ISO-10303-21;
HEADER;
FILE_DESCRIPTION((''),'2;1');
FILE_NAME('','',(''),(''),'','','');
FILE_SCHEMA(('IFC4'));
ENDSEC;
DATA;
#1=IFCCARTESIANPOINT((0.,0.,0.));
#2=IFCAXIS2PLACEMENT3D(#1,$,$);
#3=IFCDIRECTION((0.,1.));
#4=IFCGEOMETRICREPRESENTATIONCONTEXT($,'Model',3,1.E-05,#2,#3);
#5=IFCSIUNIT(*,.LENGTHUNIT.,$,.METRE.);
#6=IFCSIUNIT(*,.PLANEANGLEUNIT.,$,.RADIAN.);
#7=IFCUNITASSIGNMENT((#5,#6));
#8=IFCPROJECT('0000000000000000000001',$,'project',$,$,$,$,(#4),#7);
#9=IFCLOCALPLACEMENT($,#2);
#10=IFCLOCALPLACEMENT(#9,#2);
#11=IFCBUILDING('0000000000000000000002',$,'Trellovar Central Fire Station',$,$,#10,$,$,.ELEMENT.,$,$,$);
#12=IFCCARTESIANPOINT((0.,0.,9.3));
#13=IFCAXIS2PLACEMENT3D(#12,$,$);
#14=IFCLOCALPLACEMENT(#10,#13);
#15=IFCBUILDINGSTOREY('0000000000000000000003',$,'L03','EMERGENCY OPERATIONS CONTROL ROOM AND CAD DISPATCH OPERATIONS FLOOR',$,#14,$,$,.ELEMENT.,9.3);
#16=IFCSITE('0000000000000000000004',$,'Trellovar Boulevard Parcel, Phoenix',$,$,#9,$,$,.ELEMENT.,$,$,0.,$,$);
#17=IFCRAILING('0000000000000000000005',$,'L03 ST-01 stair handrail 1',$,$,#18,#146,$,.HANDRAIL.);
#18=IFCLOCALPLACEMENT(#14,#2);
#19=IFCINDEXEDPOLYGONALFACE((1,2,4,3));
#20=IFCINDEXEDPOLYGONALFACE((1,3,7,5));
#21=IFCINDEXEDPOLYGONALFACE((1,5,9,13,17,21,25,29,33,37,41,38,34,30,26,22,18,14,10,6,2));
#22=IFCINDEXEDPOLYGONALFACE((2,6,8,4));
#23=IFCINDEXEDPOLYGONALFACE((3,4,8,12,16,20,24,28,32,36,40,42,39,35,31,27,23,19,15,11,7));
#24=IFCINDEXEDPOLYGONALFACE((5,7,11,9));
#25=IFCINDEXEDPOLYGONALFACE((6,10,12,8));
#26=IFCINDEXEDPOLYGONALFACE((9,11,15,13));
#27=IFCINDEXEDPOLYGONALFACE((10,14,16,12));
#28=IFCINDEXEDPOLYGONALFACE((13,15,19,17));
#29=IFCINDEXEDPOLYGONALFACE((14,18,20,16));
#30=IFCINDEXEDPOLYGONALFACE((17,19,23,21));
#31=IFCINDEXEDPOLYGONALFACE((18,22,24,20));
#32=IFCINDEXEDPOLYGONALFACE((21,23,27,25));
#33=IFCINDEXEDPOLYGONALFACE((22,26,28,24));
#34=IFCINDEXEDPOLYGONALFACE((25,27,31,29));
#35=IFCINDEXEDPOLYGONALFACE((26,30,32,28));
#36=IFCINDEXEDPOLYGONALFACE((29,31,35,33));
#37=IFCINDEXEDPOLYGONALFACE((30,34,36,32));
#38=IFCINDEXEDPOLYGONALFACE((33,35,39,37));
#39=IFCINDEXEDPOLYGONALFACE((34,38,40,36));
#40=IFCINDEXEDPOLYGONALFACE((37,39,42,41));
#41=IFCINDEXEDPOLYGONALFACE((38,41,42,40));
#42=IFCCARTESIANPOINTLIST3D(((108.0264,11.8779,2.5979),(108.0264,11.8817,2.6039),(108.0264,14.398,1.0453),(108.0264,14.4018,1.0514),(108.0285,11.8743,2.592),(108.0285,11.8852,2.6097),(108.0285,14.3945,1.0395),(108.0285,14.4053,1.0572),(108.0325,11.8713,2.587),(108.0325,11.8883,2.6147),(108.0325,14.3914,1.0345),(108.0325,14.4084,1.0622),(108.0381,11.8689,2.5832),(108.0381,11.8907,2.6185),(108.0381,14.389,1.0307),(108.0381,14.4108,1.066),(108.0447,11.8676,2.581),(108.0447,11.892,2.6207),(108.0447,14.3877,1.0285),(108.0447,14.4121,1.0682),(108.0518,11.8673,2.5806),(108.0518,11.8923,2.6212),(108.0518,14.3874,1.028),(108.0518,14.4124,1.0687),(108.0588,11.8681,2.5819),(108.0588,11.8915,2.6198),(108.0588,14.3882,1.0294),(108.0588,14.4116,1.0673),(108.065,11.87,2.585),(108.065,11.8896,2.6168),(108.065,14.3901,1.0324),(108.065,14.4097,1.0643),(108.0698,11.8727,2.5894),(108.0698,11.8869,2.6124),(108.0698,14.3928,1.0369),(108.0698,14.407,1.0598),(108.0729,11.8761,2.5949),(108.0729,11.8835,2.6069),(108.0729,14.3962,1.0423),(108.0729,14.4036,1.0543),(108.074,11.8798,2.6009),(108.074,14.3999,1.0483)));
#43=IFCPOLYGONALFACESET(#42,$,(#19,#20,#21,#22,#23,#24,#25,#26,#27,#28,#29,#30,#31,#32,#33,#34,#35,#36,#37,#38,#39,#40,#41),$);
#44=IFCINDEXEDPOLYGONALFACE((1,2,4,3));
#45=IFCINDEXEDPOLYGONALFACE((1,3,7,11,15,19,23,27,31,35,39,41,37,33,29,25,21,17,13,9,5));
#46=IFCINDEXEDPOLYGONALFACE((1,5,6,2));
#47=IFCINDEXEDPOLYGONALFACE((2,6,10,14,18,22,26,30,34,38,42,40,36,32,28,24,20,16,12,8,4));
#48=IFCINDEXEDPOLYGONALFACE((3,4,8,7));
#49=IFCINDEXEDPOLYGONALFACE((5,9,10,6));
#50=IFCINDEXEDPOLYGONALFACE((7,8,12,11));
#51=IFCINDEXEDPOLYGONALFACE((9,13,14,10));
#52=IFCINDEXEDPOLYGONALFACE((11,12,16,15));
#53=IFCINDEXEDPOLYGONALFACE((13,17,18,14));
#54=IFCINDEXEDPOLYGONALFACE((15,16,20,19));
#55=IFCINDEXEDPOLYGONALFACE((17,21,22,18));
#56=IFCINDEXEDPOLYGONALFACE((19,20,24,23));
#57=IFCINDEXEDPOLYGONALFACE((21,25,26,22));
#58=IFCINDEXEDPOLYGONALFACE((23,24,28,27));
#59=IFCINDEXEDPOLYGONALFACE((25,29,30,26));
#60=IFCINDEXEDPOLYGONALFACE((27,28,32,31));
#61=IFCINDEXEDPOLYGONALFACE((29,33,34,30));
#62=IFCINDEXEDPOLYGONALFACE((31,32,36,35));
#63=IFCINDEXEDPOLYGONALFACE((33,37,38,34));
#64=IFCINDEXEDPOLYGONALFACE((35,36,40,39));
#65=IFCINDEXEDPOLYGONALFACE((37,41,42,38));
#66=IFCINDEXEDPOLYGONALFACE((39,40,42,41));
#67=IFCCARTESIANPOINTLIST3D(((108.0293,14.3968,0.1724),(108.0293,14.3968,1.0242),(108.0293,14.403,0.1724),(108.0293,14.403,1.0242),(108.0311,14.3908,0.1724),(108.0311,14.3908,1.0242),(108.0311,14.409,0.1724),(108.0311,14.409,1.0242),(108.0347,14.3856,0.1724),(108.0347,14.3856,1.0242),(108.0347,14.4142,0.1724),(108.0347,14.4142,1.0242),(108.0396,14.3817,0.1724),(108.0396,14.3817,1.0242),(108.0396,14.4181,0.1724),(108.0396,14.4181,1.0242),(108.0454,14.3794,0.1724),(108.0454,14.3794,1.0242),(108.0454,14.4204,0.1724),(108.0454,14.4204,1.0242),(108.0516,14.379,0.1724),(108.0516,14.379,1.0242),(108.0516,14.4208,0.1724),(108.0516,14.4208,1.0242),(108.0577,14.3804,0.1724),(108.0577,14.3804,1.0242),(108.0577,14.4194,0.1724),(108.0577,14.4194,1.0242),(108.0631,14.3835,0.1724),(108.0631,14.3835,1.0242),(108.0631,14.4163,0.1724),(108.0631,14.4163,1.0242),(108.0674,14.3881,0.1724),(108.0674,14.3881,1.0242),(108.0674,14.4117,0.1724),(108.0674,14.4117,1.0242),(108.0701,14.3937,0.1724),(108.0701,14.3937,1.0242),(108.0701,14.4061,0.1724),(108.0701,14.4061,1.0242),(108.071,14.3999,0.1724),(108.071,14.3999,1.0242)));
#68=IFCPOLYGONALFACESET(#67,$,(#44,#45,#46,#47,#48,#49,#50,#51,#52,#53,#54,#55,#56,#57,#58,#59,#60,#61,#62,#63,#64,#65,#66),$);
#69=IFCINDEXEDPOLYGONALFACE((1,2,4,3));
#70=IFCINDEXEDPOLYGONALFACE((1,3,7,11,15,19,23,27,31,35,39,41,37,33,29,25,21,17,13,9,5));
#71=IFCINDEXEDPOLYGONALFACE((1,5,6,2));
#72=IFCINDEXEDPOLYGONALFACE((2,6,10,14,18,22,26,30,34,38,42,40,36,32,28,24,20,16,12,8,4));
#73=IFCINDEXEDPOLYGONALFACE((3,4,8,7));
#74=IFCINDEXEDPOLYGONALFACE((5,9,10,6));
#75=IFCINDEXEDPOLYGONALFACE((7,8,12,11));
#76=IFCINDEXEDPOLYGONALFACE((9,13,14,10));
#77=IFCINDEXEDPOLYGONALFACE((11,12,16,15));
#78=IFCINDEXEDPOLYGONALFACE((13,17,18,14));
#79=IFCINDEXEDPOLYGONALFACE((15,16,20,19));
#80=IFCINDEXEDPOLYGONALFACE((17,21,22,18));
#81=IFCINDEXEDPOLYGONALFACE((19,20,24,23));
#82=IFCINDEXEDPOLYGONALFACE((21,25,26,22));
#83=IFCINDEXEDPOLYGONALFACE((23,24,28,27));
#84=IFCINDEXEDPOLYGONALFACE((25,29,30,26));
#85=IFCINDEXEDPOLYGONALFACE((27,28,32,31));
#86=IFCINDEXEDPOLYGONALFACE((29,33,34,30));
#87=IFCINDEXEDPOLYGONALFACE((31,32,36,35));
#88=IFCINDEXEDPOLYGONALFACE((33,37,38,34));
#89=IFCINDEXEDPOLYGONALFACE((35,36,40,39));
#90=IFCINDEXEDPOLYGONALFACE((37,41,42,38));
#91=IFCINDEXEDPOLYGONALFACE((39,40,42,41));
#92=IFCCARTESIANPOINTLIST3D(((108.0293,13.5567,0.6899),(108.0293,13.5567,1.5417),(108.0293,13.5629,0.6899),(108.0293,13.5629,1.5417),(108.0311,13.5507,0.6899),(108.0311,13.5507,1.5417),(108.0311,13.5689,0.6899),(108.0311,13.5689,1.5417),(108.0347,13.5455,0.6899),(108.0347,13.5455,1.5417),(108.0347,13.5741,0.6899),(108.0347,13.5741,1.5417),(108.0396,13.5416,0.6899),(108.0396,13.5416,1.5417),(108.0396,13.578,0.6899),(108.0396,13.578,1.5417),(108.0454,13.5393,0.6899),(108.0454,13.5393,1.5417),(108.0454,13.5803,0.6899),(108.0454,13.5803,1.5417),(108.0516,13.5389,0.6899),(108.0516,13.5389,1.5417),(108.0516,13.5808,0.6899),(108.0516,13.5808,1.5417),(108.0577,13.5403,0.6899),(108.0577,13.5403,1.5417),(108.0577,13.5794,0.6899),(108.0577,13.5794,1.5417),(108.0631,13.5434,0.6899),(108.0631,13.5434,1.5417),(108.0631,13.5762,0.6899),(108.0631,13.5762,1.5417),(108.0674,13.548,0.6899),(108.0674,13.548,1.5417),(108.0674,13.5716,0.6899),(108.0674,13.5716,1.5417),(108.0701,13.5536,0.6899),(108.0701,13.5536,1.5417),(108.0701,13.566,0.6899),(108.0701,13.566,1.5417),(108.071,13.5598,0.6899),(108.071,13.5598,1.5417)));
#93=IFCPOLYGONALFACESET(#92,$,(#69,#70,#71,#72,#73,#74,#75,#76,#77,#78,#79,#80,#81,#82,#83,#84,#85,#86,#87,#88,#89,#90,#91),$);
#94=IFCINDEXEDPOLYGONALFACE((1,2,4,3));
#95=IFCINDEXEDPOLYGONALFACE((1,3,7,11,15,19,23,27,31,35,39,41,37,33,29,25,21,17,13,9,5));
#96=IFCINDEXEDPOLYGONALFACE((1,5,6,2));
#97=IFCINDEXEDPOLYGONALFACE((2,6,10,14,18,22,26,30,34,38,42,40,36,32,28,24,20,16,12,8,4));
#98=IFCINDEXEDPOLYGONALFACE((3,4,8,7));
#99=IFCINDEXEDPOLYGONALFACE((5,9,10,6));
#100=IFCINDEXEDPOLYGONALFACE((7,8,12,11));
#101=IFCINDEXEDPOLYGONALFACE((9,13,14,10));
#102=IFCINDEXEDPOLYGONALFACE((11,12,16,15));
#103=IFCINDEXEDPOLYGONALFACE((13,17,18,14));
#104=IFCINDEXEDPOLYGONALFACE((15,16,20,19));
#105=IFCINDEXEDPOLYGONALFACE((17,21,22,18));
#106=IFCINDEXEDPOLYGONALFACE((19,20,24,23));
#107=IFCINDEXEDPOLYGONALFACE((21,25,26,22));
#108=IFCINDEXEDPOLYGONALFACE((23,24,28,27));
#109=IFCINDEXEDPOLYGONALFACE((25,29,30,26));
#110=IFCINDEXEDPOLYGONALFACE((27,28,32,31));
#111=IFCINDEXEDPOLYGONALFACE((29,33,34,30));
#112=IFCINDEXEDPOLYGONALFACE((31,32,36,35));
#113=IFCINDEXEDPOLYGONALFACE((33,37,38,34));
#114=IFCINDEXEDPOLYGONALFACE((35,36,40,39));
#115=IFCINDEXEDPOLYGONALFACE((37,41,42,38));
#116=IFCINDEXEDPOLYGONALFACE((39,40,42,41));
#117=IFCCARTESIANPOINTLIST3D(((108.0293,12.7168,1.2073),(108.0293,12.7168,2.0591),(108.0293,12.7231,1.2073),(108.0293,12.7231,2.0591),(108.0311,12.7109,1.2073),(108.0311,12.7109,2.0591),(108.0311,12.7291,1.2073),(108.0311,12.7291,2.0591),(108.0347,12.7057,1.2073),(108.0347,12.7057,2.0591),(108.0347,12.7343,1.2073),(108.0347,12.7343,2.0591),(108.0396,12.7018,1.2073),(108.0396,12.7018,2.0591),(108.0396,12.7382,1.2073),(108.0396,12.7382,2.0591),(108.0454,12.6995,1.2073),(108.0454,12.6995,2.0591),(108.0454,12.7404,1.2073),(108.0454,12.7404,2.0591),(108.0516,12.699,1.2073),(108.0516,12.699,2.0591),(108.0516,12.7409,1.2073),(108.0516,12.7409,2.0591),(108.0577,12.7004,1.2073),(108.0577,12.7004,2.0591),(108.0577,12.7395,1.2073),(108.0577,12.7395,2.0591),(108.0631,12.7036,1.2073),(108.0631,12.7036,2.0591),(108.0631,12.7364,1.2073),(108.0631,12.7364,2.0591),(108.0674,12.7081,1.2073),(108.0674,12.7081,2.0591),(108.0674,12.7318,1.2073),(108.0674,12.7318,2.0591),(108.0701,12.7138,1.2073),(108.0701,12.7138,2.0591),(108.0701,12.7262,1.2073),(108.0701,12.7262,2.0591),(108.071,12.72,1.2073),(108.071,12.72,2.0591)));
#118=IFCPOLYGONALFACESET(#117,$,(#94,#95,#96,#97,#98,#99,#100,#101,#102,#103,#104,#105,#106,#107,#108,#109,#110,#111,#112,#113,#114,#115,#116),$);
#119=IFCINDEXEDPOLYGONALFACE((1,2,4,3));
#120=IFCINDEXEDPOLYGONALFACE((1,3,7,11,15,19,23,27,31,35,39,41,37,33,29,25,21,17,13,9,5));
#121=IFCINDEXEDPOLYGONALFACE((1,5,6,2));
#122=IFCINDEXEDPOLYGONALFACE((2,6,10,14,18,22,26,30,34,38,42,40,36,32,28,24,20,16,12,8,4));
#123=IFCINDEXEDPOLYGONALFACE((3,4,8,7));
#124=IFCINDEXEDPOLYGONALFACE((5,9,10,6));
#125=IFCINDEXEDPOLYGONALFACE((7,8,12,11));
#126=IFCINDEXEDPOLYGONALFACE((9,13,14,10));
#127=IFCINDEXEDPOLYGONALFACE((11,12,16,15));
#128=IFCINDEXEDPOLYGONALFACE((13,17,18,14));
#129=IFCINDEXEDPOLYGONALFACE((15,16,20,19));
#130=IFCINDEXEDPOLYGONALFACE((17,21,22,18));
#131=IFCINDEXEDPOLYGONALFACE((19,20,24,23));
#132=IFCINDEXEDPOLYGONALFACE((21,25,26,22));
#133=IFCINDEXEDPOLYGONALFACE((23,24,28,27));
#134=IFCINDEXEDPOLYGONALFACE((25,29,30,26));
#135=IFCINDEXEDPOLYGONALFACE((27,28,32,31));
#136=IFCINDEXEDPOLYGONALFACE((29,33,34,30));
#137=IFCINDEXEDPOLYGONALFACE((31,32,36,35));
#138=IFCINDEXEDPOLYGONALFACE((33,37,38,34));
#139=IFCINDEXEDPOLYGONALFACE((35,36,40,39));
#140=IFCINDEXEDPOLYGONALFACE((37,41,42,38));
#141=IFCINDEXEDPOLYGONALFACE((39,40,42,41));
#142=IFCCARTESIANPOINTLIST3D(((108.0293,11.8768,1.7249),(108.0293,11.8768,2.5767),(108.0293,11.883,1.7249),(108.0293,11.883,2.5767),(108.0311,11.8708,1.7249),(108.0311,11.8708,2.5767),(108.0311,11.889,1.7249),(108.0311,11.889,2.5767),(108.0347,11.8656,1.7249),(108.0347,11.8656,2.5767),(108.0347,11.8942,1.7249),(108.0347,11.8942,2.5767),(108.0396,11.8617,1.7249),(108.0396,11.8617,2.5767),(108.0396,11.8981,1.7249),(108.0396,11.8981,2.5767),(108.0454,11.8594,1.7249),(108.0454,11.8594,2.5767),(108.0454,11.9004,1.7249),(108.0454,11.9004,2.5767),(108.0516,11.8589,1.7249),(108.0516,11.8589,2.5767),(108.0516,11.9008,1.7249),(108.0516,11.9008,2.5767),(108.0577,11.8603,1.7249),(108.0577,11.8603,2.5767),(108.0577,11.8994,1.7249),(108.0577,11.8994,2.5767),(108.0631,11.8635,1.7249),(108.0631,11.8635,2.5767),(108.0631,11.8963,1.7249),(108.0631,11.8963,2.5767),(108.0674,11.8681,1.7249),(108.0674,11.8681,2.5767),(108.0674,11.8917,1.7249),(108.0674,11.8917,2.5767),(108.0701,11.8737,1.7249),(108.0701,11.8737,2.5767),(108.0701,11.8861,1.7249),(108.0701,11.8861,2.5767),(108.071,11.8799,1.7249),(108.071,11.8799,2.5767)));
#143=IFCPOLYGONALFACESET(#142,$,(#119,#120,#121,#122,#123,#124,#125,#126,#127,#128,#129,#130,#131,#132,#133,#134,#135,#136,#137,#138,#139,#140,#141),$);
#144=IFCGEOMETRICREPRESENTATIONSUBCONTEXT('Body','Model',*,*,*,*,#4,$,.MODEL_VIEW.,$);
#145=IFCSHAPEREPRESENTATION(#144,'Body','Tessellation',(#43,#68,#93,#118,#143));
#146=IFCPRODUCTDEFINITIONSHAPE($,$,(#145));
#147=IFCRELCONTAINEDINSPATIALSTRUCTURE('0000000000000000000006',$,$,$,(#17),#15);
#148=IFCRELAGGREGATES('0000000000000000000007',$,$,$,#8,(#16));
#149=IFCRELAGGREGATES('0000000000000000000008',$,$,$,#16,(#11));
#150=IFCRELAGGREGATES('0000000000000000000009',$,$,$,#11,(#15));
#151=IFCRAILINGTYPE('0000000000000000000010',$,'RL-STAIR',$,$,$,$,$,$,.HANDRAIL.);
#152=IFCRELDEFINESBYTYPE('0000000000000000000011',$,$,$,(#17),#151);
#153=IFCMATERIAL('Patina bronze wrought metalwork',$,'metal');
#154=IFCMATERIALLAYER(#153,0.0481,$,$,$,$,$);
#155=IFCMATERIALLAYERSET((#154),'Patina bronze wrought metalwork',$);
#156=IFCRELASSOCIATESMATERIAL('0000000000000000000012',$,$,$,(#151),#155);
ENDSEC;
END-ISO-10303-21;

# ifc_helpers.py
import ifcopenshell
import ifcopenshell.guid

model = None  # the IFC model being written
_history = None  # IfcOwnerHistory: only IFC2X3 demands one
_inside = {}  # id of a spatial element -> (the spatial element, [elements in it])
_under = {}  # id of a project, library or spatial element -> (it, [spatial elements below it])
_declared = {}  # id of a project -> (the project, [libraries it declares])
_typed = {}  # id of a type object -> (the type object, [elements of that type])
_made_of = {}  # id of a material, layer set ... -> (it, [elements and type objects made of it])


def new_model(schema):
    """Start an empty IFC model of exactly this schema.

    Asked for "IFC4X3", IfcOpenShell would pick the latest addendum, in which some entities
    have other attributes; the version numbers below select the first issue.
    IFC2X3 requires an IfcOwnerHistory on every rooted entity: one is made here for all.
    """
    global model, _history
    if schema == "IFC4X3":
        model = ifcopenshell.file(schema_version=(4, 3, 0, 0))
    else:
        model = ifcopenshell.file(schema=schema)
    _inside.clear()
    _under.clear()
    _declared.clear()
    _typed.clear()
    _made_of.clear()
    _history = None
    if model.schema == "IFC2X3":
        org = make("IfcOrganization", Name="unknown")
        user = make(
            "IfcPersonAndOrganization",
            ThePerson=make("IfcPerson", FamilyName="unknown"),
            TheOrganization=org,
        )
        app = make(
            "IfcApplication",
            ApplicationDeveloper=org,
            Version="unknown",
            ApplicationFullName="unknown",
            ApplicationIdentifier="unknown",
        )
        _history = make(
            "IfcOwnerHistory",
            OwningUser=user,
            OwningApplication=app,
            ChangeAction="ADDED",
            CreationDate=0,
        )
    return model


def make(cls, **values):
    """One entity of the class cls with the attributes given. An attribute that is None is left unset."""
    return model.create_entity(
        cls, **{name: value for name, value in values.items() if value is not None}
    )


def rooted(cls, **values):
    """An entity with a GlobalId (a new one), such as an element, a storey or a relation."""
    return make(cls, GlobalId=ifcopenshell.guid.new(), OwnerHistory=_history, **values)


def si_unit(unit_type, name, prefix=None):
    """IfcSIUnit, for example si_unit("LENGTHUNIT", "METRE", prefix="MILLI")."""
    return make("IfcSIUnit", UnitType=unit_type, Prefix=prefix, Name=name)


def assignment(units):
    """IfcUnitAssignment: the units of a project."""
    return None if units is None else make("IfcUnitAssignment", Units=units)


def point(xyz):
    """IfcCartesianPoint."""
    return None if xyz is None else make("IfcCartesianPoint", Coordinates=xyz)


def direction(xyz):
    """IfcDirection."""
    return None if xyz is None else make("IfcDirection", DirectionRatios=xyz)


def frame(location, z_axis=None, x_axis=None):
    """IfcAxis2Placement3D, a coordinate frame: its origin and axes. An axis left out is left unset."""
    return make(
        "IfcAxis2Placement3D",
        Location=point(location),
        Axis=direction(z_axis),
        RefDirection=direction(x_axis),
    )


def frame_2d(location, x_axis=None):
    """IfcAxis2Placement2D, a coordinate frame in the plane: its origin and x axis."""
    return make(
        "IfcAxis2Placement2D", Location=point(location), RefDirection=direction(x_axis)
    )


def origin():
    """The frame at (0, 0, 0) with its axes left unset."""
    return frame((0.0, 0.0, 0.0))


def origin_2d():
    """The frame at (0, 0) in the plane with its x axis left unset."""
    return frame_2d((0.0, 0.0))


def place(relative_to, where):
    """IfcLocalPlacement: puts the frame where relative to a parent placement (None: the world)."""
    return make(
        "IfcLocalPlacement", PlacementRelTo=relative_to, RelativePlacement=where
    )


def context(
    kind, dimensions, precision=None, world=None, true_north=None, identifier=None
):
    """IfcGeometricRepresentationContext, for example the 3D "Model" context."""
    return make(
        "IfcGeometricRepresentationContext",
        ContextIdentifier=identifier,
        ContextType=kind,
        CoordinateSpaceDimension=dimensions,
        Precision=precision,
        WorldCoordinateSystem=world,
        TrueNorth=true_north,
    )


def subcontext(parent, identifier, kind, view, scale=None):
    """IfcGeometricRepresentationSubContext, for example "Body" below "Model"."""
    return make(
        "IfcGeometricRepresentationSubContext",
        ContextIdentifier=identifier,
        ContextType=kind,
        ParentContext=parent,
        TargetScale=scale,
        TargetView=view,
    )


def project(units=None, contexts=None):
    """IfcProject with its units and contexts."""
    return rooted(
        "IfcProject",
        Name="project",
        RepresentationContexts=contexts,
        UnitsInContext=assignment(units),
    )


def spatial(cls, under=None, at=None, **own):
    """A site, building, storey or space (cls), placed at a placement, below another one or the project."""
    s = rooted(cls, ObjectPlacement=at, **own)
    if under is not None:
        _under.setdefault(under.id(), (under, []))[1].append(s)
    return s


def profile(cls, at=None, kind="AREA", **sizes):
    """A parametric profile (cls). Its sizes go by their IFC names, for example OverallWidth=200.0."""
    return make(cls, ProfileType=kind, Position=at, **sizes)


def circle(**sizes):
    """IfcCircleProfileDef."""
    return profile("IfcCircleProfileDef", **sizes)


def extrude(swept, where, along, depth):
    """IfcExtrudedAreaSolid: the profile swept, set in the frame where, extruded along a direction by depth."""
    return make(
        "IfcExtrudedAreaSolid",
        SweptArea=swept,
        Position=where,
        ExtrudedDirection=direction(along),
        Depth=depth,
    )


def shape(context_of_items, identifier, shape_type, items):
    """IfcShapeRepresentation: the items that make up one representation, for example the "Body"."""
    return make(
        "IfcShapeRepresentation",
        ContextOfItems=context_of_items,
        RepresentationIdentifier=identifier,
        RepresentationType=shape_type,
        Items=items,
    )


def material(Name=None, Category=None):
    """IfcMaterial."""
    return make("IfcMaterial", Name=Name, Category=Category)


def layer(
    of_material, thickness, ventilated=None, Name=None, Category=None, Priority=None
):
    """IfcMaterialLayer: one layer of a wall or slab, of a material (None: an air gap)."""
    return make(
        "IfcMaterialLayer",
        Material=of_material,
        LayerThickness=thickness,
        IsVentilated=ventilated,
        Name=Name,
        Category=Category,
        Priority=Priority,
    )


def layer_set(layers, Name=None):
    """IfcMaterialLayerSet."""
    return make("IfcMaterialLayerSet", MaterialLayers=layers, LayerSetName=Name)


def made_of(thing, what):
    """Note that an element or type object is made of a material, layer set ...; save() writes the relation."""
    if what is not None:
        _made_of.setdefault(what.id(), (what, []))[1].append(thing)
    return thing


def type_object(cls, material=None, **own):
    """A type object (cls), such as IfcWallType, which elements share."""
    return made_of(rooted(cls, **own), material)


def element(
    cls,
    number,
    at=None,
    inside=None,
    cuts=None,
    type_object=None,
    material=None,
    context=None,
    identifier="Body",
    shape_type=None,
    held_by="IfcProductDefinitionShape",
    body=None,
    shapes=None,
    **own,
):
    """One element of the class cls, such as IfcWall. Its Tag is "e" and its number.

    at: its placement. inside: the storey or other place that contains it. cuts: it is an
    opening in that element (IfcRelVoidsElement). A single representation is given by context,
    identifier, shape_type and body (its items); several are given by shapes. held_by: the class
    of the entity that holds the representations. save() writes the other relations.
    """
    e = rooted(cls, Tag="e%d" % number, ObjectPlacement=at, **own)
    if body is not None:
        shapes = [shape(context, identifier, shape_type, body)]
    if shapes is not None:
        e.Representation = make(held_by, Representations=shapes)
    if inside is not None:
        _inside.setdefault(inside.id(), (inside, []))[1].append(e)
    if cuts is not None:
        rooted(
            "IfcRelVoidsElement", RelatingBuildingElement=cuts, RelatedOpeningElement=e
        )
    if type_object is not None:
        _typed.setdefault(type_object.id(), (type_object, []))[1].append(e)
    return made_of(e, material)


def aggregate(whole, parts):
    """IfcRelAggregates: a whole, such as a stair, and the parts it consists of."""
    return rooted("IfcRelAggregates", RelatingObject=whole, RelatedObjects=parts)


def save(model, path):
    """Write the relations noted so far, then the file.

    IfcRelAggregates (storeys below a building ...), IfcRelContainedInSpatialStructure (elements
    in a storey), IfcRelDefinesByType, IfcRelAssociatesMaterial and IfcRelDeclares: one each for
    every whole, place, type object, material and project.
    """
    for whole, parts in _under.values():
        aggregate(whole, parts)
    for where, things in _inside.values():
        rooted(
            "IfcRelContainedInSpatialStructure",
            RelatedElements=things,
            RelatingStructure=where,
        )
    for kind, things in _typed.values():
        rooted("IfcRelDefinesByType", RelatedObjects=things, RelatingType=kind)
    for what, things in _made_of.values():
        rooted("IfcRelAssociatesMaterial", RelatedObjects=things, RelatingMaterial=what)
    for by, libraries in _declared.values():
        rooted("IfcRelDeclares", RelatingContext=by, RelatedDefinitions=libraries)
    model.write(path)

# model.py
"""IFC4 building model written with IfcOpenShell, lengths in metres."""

from ifc_helpers import new_model, si_unit, direction, frame, origin, origin_2d, place, context, subcontext, project, spatial, circle, extrude, material, layer, layer_set, type_object, element, save


model = new_model("IFC4")

# Units and contexts
model_context = context("Model", 3, precision=1e-05, world=origin(), true_north=direction((0.0, 1.0)))
body_context = subcontext(model_context, "Body", "Model", "MODEL_VIEW")
ifc_project = project(units=[si_unit("LENGTHUNIT", "METRE"), si_unit("PLANEANGLEUNIT", "RADIAN")], contexts=[model_context])

# Site, building, storey
site_placement = place(None, origin())
site = spatial("IfcSite", under=ifc_project, at=site_placement, Name="Trellovar Boulevard Parcel, Phoenix", CompositionType="ELEMENT", RefElevation=0.0)
building_placement = place(site_placement, origin())
building = spatial("IfcBuilding", under=site, at=building_placement, Name="Trellovar Central Fire Station", CompositionType="ELEMENT")
storey_placement = place(building_placement, frame((0.0, 0.0, 9.3)))
storey = spatial("IfcBuildingStorey", under=building, at=storey_placement, Name="L03", Description="EMERGENCY OPERATIONS CONTROL ROOM AND CAD DISPATCH OPERATIONS FLOOR", CompositionType="ELEMENT", Elevation=9.3)

# Railing
ifc_material_1 = material(Name="Patina bronze wrought metalwork", Category="metal")
ifc_layer_1 = layer(ifc_material_1, 0.0481)
ifc_layer_set_1 = layer_set([ifc_layer_1], Name="Patina bronze wrought metalwork")
railing_type_1 = type_object("IfcRailingType", Name="RL-STAIR", PredefinedType="HANDRAIL", material=ifc_layer_set_1)
railing_1_placement = place(storey_placement, frame((108.05, 14.3999, 0.1724)))
element("IfcRailing", 1, at=railing_1_placement, inside=storey, type_object=railing_type_1, Name="L03 ST-01 stair handrail 1", PredefinedType="HANDRAIL", context=body_context, shape_type="SweptSolid", body=[
    extrude(circle(Radius=0.0239, at=origin_2d()), frame((0.0, 0.0, 0.876), z_axis=(0.0, -0.8514, 0.524516), x_axis=(1.0, 0.0, 0.0)), (0.0, 0.0, 1.0), 2.96),
    extrude(circle(Radius=0.021, at=origin_2d()), origin(), (0.0, 0.0, 1.0), 0.8518),
    extrude(circle(Radius=0.021, at=origin_2d()), frame((0.0, -0.8401, 0.5176)), (0.0, 0.0, 1.0), 0.8518),
    extrude(circle(Radius=0.021, at=origin_2d()), frame((0.0, -1.6799, 1.0349)), (0.0, 0.0, 1.0), 0.8518),
    extrude(circle(Radius=0.021, at=origin_2d()), frame((0.0, -2.52, 1.5525)), (0.0, 0.0, 1.0), 0.8518),
])

save(model, "model.ifc")
